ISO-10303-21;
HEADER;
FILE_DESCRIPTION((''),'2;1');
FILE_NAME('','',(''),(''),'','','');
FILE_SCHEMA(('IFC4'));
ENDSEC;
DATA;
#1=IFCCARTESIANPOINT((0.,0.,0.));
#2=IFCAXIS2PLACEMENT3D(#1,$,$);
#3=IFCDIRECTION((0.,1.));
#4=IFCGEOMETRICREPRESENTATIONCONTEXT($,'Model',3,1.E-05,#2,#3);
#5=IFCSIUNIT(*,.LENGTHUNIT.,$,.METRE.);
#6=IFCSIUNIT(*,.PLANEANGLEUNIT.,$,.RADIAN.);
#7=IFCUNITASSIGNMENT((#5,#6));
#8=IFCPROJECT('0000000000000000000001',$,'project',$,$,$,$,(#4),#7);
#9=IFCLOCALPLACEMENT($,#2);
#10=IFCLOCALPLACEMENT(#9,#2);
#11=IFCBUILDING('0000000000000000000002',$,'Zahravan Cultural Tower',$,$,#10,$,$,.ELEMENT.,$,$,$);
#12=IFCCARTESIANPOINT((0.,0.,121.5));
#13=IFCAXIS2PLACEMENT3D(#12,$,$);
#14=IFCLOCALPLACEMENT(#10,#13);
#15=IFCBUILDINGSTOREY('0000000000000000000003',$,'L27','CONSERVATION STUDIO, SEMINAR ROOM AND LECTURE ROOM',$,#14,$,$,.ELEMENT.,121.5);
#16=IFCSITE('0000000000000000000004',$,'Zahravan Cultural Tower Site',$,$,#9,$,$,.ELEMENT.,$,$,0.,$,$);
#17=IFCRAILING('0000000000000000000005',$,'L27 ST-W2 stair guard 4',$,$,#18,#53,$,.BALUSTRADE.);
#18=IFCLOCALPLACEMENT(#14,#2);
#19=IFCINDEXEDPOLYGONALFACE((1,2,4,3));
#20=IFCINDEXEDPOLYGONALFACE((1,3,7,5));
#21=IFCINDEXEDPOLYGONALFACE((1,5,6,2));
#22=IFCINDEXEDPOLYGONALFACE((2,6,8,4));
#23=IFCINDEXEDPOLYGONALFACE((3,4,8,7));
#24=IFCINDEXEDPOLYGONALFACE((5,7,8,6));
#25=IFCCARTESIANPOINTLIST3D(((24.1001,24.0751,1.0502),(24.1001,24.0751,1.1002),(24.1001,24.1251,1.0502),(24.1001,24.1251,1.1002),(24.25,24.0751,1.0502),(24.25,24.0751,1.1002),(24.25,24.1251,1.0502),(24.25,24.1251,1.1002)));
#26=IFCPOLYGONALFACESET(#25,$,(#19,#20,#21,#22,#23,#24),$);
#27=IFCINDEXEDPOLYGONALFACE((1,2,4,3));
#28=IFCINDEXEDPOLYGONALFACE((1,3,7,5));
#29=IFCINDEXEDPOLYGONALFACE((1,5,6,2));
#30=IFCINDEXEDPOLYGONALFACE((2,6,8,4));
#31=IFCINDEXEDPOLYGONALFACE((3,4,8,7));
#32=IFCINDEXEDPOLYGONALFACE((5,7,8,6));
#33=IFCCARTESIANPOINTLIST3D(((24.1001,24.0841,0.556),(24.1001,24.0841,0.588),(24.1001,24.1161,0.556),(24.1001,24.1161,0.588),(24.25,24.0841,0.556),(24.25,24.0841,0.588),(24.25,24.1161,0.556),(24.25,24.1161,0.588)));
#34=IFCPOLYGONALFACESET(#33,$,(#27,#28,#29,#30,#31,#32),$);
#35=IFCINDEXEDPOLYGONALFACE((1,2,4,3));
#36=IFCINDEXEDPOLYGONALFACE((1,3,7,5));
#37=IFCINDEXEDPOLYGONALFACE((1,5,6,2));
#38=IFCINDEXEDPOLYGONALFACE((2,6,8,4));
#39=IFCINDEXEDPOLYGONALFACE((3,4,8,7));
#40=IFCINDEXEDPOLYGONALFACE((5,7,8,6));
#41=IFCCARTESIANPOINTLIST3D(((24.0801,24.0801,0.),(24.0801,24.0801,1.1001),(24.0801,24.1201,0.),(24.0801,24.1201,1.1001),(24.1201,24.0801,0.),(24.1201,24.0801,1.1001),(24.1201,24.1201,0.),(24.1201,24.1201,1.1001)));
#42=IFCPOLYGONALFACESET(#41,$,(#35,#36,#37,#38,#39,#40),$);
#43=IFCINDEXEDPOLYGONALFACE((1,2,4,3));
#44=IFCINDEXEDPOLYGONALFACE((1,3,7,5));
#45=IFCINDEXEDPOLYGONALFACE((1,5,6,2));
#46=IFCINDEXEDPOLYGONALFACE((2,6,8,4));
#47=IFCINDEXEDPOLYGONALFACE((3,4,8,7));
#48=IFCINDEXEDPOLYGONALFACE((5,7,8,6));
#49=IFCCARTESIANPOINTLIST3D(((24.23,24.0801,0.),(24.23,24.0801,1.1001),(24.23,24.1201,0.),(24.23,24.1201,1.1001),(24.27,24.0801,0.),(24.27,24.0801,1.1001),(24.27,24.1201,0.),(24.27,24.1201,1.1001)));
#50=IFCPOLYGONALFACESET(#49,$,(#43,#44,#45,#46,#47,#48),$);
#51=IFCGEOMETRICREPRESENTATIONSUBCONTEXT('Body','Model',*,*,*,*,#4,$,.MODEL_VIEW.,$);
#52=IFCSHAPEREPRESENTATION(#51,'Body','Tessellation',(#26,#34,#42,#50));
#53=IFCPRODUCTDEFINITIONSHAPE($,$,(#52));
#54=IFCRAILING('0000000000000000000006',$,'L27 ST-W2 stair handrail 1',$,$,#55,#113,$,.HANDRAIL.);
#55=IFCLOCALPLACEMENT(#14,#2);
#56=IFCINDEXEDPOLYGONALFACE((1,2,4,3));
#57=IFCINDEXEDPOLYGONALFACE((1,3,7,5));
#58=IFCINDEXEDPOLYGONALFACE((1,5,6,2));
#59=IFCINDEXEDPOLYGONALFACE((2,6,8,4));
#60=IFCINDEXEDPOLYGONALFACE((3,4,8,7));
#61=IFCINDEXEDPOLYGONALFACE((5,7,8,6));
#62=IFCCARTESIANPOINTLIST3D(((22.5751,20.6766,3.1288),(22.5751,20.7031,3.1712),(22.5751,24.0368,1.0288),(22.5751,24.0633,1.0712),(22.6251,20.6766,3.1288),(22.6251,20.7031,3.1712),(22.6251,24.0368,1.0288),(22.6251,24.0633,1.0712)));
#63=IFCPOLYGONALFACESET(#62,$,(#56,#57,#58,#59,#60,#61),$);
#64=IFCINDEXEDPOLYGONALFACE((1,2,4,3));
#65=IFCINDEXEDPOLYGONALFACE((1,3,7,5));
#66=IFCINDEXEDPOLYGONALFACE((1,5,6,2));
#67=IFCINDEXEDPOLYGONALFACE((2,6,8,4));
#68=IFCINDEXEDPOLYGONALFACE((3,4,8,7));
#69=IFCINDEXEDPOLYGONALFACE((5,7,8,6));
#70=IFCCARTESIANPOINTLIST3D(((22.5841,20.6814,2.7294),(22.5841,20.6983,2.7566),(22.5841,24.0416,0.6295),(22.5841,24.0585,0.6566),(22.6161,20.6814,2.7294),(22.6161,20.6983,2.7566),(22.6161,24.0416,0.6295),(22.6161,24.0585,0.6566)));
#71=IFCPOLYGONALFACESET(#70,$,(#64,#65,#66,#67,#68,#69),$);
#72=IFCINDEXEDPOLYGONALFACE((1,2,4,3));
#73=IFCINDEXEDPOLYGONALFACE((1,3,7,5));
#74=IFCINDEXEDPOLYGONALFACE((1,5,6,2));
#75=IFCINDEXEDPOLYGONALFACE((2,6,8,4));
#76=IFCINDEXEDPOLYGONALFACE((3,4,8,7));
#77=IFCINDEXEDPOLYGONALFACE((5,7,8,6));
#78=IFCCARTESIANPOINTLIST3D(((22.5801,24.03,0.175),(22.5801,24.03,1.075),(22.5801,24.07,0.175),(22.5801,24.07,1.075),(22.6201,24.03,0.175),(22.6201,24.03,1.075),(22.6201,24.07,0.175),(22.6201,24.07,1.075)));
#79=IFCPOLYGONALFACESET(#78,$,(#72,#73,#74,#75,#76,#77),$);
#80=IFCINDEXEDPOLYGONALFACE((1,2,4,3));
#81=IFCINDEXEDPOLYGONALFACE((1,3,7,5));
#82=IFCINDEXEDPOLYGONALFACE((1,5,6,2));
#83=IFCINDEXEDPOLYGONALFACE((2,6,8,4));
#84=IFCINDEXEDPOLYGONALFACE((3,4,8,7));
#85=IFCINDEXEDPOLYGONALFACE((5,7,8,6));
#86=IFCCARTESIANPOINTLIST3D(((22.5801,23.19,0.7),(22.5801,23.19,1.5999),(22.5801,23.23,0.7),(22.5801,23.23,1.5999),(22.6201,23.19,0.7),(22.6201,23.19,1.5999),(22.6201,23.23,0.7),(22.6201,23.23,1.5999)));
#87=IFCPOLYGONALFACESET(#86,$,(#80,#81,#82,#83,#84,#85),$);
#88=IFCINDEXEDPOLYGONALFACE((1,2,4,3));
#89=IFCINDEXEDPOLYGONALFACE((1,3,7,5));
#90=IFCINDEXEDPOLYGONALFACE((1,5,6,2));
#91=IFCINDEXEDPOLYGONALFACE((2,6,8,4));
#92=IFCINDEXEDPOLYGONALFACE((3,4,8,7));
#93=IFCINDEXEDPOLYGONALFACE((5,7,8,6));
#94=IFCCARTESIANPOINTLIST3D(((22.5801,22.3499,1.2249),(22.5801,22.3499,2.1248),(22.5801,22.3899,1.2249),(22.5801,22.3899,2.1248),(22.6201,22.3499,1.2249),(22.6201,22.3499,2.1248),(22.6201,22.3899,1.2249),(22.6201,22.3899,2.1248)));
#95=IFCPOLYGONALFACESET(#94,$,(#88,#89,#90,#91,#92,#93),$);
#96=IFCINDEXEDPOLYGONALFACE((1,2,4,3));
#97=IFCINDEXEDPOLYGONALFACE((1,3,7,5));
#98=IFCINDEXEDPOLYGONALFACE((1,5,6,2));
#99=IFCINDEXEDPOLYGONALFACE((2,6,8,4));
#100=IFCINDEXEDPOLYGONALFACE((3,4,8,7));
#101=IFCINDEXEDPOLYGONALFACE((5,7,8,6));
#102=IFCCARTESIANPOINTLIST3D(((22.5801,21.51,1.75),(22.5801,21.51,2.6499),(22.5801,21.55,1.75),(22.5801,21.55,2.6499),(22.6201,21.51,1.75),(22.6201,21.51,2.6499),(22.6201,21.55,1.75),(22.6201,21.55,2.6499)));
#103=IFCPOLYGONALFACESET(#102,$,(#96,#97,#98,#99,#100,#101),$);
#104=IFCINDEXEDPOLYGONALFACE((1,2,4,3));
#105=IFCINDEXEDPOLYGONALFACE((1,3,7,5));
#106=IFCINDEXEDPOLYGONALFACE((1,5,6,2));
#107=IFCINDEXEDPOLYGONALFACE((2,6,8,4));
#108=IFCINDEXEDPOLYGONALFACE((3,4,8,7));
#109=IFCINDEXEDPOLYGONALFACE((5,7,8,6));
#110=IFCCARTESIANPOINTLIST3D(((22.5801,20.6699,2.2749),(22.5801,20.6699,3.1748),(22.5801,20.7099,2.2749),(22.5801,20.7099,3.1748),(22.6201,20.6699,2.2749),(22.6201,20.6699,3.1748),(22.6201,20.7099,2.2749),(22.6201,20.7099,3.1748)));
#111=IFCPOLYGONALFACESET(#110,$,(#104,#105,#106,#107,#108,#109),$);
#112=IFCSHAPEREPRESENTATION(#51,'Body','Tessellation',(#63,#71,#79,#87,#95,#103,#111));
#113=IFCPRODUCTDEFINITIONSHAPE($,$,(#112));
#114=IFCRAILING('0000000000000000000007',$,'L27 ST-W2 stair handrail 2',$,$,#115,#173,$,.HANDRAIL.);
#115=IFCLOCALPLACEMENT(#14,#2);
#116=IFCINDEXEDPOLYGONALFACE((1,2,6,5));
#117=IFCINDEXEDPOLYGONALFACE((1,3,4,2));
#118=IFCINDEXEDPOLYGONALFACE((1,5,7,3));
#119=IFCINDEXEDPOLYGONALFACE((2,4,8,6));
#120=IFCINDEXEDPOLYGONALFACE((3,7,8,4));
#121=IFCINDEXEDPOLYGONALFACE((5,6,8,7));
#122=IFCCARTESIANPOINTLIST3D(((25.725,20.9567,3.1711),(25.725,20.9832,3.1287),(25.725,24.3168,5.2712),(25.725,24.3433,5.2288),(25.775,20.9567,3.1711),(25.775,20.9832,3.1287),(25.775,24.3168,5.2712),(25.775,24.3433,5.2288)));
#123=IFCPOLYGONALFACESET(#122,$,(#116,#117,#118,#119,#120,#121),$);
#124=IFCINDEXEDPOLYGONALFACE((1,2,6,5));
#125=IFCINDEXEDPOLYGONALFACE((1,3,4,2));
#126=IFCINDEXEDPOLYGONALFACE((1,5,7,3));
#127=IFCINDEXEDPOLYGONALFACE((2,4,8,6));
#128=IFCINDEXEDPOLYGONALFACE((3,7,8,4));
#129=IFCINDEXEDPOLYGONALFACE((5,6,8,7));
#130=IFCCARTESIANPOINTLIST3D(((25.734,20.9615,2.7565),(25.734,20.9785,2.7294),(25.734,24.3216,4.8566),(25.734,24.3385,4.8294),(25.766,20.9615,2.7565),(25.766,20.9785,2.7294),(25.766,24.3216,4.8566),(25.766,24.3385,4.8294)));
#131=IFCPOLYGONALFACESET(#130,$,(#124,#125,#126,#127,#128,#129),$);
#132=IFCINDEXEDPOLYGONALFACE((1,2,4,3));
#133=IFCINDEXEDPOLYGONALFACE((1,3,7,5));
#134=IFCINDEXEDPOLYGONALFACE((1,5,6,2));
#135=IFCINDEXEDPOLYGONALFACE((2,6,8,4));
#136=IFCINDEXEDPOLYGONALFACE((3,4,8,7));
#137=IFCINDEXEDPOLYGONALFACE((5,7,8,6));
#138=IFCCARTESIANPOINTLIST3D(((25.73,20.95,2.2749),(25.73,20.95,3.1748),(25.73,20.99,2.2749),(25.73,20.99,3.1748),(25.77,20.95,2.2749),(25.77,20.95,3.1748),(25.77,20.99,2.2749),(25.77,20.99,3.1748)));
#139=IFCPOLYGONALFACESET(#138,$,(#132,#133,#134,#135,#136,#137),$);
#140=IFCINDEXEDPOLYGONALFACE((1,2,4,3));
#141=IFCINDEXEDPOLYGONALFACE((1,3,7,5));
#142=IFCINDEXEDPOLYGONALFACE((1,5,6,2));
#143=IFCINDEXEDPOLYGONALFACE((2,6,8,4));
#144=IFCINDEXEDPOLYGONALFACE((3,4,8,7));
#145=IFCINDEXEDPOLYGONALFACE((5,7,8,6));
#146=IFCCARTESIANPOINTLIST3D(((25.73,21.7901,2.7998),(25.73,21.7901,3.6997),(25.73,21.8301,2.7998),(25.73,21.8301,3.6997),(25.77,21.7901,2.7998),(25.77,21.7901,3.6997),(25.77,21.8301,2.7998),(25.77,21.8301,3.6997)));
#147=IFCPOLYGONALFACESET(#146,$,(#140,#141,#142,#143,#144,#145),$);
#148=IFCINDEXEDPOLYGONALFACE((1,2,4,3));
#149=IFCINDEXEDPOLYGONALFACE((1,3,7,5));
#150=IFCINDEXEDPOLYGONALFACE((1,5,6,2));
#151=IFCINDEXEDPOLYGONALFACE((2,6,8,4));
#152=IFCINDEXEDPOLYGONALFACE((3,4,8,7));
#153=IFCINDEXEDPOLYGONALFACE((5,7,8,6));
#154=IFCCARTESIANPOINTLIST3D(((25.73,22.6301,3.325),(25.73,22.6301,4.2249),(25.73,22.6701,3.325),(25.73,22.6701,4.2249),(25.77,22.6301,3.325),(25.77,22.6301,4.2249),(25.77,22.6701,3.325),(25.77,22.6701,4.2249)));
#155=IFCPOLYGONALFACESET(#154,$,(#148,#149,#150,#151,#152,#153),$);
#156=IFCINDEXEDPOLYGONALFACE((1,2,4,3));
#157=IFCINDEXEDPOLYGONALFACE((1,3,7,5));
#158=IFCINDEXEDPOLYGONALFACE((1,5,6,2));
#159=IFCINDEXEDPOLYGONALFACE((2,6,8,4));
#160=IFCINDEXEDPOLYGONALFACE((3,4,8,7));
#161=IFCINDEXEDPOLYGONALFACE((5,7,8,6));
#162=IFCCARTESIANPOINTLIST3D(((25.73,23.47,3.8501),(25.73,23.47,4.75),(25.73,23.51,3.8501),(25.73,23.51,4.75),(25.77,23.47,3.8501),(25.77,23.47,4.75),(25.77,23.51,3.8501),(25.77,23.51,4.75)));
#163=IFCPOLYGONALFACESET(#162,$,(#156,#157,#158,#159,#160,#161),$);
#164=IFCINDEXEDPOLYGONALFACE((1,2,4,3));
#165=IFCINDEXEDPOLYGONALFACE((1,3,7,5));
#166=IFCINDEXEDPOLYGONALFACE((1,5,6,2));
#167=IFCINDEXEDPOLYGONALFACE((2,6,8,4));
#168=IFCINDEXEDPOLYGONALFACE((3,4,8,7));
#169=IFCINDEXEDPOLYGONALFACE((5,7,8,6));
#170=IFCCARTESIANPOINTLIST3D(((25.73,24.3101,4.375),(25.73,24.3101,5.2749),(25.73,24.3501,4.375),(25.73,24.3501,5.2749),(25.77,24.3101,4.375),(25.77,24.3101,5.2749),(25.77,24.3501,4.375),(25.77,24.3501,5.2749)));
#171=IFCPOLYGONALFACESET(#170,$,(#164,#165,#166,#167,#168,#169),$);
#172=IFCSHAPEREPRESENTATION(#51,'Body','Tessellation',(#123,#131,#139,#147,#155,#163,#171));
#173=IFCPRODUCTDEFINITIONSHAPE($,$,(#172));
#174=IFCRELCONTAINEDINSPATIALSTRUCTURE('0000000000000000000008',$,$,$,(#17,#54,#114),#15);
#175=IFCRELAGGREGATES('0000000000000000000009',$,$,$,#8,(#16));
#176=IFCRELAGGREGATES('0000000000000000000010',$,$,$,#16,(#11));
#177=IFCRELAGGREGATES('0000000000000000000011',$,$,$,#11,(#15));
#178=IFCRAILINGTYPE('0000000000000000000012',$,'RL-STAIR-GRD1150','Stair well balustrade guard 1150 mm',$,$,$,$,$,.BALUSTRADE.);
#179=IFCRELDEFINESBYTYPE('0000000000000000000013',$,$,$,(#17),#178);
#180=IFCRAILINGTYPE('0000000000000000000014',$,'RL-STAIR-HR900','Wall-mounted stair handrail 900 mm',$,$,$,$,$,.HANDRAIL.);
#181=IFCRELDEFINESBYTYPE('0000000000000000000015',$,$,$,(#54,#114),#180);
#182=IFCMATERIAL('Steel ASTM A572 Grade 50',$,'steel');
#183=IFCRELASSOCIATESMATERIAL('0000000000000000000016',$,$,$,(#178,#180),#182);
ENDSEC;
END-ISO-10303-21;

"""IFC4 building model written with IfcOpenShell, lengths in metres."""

from ifc_helpers import new_model, si_unit, direction, frame, origin, origin_2d, place, context, subcontext, project, spatial, rectangle, extrude, material, type_object, element, save


model = new_model("IFC4")

# Units and contexts
model_context = context("Model", 3, precision=1e-05, world=origin(), true_north=direction((0.0, 1.0)))
body_context = subcontext(model_context, "Body", "Model", "MODEL_VIEW")
ifc_project = project(units=[si_unit("LENGTHUNIT", "METRE"), si_unit("PLANEANGLEUNIT", "RADIAN")], contexts=[model_context])

# Site, building, storey
site_placement = place(None, origin())
site = spatial("IfcSite", under=ifc_project, at=site_placement, Name="Zahravan Cultural Tower Site", CompositionType="ELEMENT", RefElevation=0.0)
building_placement = place(site_placement, origin())
building = spatial("IfcBuilding", under=site, at=building_placement, Name="Zahravan Cultural Tower", CompositionType="ELEMENT")
storey_placement = place(building_placement, frame((0.0, 0.0, 121.5)))
storey = spatial("IfcBuildingStorey", under=building, at=storey_placement, Name="L27", Description="CONSERVATION STUDIO, SEMINAR ROOM AND LECTURE ROOM", CompositionType="ELEMENT", Elevation=121.5)

# Shared definitions
ifc_material_1 = material(Name="Steel ASTM A572 Grade 50", Category="steel")

# Railings
railing_type_1 = type_object("IfcRailingType", Name="RL-STAIR-GRD1150", Description="Stair well balustrade guard 1150 mm", PredefinedType="BALUSTRADE", material=ifc_material_1)
railing_1_placement = place(storey_placement, frame((24.1001, 24.1001, 0.0)))
element("IfcRailing", 1, at=railing_1_placement, inside=storey, type_object=railing_type_1, Name="L27 ST-W2 stair guard 4", PredefinedType="BALUSTRADE", context=body_context, shape_type="SweptSolid", body=[
    extrude(rectangle(XDim=0.05, YDim=0.05, at=origin_2d()), frame((0.0, 0.0, 1.0752), z_axis=(1.0, 0.0, 0.0), x_axis=(0.0, 1.0, 0.0)), (0.0, 0.0, 1.0), 0.1499),
    extrude(rectangle(XDim=0.032, YDim=0.032, at=origin_2d()), frame((0.0, 0.0, 0.572), z_axis=(1.0, 0.0, 0.0), x_axis=(0.0, 1.0, 0.0)), (0.0, 0.0, 1.0), 0.1499),
    extrude(rectangle(XDim=0.04, YDim=0.04, at=origin_2d()), origin(), (0.0, 0.0, 1.0), 1.1001),
    extrude(rectangle(XDim=0.04, YDim=0.04, at=origin_2d()), frame((0.1499, 0.0, 0.0)), (0.0, 0.0, 1.0), 1.1001),
])
railing_type_2 = type_object("IfcRailingType", Name="RL-STAIR-HR900", Description="Wall-mounted stair handrail 900 mm", PredefinedType="HANDRAIL", material=ifc_material_1)
railing_2_placement = place(storey_placement, frame((22.6001, 24.05, 0.175)))
element("IfcRailing", 2, at=railing_2_placement, inside=storey, type_object=railing_type_2, Name="L27 ST-W2 stair handrail 1", PredefinedType="HANDRAIL", context=body_context, shape_type="SweptSolid", body=[
    extrude(rectangle(XDim=0.05, YDim=0.05, at=origin_2d()), frame((0.0, 0.0, 0.875), z_axis=(0.0, -0.848023, 0.52996), x_axis=(1.0, 0.0, 0.0)), (0.0, 0.0, 1.0), 3.9624),
    extrude(rectangle(XDim=0.032, YDim=0.032, at=origin_2d()), frame((0.0, 0.0, 0.468), z_axis=(0.0, -0.848023, 0.52996), x_axis=(1.0, 0.0, 0.0)), (0.0, 0.0, 1.0), 3.9624),
    extrude(rectangle(XDim=0.04, YDim=0.04, at=origin_2d()), origin(), (0.0, 0.0, 1.0), 0.8999),
    extrude(rectangle(XDim=0.04, YDim=0.04, at=origin_2d()), frame((0.0, -0.8401, 0.5249)), (0.0, 0.0, 1.0), 0.8999),
    extrude(rectangle(XDim=0.04, YDim=0.04, at=origin_2d()), frame((0.0, -1.6802, 1.0498)), (0.0, 0.0, 1.0), 0.8999),
    extrude(rectangle(XDim=0.04, YDim=0.04, at=origin_2d()), frame((0.0, -2.52, 1.575)), (0.0, 0.0, 1.0), 0.8999),
    extrude(rectangle(XDim=0.04, YDim=0.04, at=origin_2d()), frame((0.0, -3.3601, 2.0999)), (0.0, 0.0, 1.0), 0.8999),
])
railing_3_placement = place(storey_placement, frame((25.75, 20.97, 2.2749)))
element("IfcRailing", 3, at=railing_3_placement, inside=storey, type_object=railing_type_2, Name="L27 ST-W2 stair handrail 2", PredefinedType="HANDRAIL", context=body_context, shape_type="SweptSolid", body=[
    extrude(rectangle(XDim=0.05, YDim=0.05, at=origin_2d()), frame((0.0, 0.0, 0.875), z_axis=(0.0, 0.847995, 0.530004), x_axis=(-1.0, 0.0, 0.0)), (0.0, 0.0, 1.0), 3.9624),
    extrude(rectangle(XDim=0.032, YDim=0.032, at=origin_2d()), frame((0.0, 0.0, 0.468), z_axis=(0.0, 0.847995, 0.530004), x_axis=(-1.0, 0.0, 0.0)), (0.0, 0.0, 1.0), 3.9624),
    extrude(rectangle(XDim=0.04, YDim=0.04, at=origin_2d()), origin(), (0.0, 0.0, 1.0), 0.8999),
    extrude(rectangle(XDim=0.04, YDim=0.04, at=origin_2d()), frame((0.0, 0.8401, 0.5249)), (0.0, 0.0, 1.0), 0.8999),
    extrude(rectangle(XDim=0.04, YDim=0.04, at=origin_2d()), frame((0.0, 1.6802, 1.05)), (0.0, 0.0, 1.0), 0.8999),
    extrude(rectangle(XDim=0.04, YDim=0.04, at=origin_2d()), frame((0.0, 2.52, 1.5752)), (0.0, 0.0, 1.0), 0.8999),
    extrude(rectangle(XDim=0.04, YDim=0.04, at=origin_2d()), frame((0.0, 3.3601, 2.1001)), (0.0, 0.0, 1.0), 0.8999),
])

save(model, "model.ifc")
